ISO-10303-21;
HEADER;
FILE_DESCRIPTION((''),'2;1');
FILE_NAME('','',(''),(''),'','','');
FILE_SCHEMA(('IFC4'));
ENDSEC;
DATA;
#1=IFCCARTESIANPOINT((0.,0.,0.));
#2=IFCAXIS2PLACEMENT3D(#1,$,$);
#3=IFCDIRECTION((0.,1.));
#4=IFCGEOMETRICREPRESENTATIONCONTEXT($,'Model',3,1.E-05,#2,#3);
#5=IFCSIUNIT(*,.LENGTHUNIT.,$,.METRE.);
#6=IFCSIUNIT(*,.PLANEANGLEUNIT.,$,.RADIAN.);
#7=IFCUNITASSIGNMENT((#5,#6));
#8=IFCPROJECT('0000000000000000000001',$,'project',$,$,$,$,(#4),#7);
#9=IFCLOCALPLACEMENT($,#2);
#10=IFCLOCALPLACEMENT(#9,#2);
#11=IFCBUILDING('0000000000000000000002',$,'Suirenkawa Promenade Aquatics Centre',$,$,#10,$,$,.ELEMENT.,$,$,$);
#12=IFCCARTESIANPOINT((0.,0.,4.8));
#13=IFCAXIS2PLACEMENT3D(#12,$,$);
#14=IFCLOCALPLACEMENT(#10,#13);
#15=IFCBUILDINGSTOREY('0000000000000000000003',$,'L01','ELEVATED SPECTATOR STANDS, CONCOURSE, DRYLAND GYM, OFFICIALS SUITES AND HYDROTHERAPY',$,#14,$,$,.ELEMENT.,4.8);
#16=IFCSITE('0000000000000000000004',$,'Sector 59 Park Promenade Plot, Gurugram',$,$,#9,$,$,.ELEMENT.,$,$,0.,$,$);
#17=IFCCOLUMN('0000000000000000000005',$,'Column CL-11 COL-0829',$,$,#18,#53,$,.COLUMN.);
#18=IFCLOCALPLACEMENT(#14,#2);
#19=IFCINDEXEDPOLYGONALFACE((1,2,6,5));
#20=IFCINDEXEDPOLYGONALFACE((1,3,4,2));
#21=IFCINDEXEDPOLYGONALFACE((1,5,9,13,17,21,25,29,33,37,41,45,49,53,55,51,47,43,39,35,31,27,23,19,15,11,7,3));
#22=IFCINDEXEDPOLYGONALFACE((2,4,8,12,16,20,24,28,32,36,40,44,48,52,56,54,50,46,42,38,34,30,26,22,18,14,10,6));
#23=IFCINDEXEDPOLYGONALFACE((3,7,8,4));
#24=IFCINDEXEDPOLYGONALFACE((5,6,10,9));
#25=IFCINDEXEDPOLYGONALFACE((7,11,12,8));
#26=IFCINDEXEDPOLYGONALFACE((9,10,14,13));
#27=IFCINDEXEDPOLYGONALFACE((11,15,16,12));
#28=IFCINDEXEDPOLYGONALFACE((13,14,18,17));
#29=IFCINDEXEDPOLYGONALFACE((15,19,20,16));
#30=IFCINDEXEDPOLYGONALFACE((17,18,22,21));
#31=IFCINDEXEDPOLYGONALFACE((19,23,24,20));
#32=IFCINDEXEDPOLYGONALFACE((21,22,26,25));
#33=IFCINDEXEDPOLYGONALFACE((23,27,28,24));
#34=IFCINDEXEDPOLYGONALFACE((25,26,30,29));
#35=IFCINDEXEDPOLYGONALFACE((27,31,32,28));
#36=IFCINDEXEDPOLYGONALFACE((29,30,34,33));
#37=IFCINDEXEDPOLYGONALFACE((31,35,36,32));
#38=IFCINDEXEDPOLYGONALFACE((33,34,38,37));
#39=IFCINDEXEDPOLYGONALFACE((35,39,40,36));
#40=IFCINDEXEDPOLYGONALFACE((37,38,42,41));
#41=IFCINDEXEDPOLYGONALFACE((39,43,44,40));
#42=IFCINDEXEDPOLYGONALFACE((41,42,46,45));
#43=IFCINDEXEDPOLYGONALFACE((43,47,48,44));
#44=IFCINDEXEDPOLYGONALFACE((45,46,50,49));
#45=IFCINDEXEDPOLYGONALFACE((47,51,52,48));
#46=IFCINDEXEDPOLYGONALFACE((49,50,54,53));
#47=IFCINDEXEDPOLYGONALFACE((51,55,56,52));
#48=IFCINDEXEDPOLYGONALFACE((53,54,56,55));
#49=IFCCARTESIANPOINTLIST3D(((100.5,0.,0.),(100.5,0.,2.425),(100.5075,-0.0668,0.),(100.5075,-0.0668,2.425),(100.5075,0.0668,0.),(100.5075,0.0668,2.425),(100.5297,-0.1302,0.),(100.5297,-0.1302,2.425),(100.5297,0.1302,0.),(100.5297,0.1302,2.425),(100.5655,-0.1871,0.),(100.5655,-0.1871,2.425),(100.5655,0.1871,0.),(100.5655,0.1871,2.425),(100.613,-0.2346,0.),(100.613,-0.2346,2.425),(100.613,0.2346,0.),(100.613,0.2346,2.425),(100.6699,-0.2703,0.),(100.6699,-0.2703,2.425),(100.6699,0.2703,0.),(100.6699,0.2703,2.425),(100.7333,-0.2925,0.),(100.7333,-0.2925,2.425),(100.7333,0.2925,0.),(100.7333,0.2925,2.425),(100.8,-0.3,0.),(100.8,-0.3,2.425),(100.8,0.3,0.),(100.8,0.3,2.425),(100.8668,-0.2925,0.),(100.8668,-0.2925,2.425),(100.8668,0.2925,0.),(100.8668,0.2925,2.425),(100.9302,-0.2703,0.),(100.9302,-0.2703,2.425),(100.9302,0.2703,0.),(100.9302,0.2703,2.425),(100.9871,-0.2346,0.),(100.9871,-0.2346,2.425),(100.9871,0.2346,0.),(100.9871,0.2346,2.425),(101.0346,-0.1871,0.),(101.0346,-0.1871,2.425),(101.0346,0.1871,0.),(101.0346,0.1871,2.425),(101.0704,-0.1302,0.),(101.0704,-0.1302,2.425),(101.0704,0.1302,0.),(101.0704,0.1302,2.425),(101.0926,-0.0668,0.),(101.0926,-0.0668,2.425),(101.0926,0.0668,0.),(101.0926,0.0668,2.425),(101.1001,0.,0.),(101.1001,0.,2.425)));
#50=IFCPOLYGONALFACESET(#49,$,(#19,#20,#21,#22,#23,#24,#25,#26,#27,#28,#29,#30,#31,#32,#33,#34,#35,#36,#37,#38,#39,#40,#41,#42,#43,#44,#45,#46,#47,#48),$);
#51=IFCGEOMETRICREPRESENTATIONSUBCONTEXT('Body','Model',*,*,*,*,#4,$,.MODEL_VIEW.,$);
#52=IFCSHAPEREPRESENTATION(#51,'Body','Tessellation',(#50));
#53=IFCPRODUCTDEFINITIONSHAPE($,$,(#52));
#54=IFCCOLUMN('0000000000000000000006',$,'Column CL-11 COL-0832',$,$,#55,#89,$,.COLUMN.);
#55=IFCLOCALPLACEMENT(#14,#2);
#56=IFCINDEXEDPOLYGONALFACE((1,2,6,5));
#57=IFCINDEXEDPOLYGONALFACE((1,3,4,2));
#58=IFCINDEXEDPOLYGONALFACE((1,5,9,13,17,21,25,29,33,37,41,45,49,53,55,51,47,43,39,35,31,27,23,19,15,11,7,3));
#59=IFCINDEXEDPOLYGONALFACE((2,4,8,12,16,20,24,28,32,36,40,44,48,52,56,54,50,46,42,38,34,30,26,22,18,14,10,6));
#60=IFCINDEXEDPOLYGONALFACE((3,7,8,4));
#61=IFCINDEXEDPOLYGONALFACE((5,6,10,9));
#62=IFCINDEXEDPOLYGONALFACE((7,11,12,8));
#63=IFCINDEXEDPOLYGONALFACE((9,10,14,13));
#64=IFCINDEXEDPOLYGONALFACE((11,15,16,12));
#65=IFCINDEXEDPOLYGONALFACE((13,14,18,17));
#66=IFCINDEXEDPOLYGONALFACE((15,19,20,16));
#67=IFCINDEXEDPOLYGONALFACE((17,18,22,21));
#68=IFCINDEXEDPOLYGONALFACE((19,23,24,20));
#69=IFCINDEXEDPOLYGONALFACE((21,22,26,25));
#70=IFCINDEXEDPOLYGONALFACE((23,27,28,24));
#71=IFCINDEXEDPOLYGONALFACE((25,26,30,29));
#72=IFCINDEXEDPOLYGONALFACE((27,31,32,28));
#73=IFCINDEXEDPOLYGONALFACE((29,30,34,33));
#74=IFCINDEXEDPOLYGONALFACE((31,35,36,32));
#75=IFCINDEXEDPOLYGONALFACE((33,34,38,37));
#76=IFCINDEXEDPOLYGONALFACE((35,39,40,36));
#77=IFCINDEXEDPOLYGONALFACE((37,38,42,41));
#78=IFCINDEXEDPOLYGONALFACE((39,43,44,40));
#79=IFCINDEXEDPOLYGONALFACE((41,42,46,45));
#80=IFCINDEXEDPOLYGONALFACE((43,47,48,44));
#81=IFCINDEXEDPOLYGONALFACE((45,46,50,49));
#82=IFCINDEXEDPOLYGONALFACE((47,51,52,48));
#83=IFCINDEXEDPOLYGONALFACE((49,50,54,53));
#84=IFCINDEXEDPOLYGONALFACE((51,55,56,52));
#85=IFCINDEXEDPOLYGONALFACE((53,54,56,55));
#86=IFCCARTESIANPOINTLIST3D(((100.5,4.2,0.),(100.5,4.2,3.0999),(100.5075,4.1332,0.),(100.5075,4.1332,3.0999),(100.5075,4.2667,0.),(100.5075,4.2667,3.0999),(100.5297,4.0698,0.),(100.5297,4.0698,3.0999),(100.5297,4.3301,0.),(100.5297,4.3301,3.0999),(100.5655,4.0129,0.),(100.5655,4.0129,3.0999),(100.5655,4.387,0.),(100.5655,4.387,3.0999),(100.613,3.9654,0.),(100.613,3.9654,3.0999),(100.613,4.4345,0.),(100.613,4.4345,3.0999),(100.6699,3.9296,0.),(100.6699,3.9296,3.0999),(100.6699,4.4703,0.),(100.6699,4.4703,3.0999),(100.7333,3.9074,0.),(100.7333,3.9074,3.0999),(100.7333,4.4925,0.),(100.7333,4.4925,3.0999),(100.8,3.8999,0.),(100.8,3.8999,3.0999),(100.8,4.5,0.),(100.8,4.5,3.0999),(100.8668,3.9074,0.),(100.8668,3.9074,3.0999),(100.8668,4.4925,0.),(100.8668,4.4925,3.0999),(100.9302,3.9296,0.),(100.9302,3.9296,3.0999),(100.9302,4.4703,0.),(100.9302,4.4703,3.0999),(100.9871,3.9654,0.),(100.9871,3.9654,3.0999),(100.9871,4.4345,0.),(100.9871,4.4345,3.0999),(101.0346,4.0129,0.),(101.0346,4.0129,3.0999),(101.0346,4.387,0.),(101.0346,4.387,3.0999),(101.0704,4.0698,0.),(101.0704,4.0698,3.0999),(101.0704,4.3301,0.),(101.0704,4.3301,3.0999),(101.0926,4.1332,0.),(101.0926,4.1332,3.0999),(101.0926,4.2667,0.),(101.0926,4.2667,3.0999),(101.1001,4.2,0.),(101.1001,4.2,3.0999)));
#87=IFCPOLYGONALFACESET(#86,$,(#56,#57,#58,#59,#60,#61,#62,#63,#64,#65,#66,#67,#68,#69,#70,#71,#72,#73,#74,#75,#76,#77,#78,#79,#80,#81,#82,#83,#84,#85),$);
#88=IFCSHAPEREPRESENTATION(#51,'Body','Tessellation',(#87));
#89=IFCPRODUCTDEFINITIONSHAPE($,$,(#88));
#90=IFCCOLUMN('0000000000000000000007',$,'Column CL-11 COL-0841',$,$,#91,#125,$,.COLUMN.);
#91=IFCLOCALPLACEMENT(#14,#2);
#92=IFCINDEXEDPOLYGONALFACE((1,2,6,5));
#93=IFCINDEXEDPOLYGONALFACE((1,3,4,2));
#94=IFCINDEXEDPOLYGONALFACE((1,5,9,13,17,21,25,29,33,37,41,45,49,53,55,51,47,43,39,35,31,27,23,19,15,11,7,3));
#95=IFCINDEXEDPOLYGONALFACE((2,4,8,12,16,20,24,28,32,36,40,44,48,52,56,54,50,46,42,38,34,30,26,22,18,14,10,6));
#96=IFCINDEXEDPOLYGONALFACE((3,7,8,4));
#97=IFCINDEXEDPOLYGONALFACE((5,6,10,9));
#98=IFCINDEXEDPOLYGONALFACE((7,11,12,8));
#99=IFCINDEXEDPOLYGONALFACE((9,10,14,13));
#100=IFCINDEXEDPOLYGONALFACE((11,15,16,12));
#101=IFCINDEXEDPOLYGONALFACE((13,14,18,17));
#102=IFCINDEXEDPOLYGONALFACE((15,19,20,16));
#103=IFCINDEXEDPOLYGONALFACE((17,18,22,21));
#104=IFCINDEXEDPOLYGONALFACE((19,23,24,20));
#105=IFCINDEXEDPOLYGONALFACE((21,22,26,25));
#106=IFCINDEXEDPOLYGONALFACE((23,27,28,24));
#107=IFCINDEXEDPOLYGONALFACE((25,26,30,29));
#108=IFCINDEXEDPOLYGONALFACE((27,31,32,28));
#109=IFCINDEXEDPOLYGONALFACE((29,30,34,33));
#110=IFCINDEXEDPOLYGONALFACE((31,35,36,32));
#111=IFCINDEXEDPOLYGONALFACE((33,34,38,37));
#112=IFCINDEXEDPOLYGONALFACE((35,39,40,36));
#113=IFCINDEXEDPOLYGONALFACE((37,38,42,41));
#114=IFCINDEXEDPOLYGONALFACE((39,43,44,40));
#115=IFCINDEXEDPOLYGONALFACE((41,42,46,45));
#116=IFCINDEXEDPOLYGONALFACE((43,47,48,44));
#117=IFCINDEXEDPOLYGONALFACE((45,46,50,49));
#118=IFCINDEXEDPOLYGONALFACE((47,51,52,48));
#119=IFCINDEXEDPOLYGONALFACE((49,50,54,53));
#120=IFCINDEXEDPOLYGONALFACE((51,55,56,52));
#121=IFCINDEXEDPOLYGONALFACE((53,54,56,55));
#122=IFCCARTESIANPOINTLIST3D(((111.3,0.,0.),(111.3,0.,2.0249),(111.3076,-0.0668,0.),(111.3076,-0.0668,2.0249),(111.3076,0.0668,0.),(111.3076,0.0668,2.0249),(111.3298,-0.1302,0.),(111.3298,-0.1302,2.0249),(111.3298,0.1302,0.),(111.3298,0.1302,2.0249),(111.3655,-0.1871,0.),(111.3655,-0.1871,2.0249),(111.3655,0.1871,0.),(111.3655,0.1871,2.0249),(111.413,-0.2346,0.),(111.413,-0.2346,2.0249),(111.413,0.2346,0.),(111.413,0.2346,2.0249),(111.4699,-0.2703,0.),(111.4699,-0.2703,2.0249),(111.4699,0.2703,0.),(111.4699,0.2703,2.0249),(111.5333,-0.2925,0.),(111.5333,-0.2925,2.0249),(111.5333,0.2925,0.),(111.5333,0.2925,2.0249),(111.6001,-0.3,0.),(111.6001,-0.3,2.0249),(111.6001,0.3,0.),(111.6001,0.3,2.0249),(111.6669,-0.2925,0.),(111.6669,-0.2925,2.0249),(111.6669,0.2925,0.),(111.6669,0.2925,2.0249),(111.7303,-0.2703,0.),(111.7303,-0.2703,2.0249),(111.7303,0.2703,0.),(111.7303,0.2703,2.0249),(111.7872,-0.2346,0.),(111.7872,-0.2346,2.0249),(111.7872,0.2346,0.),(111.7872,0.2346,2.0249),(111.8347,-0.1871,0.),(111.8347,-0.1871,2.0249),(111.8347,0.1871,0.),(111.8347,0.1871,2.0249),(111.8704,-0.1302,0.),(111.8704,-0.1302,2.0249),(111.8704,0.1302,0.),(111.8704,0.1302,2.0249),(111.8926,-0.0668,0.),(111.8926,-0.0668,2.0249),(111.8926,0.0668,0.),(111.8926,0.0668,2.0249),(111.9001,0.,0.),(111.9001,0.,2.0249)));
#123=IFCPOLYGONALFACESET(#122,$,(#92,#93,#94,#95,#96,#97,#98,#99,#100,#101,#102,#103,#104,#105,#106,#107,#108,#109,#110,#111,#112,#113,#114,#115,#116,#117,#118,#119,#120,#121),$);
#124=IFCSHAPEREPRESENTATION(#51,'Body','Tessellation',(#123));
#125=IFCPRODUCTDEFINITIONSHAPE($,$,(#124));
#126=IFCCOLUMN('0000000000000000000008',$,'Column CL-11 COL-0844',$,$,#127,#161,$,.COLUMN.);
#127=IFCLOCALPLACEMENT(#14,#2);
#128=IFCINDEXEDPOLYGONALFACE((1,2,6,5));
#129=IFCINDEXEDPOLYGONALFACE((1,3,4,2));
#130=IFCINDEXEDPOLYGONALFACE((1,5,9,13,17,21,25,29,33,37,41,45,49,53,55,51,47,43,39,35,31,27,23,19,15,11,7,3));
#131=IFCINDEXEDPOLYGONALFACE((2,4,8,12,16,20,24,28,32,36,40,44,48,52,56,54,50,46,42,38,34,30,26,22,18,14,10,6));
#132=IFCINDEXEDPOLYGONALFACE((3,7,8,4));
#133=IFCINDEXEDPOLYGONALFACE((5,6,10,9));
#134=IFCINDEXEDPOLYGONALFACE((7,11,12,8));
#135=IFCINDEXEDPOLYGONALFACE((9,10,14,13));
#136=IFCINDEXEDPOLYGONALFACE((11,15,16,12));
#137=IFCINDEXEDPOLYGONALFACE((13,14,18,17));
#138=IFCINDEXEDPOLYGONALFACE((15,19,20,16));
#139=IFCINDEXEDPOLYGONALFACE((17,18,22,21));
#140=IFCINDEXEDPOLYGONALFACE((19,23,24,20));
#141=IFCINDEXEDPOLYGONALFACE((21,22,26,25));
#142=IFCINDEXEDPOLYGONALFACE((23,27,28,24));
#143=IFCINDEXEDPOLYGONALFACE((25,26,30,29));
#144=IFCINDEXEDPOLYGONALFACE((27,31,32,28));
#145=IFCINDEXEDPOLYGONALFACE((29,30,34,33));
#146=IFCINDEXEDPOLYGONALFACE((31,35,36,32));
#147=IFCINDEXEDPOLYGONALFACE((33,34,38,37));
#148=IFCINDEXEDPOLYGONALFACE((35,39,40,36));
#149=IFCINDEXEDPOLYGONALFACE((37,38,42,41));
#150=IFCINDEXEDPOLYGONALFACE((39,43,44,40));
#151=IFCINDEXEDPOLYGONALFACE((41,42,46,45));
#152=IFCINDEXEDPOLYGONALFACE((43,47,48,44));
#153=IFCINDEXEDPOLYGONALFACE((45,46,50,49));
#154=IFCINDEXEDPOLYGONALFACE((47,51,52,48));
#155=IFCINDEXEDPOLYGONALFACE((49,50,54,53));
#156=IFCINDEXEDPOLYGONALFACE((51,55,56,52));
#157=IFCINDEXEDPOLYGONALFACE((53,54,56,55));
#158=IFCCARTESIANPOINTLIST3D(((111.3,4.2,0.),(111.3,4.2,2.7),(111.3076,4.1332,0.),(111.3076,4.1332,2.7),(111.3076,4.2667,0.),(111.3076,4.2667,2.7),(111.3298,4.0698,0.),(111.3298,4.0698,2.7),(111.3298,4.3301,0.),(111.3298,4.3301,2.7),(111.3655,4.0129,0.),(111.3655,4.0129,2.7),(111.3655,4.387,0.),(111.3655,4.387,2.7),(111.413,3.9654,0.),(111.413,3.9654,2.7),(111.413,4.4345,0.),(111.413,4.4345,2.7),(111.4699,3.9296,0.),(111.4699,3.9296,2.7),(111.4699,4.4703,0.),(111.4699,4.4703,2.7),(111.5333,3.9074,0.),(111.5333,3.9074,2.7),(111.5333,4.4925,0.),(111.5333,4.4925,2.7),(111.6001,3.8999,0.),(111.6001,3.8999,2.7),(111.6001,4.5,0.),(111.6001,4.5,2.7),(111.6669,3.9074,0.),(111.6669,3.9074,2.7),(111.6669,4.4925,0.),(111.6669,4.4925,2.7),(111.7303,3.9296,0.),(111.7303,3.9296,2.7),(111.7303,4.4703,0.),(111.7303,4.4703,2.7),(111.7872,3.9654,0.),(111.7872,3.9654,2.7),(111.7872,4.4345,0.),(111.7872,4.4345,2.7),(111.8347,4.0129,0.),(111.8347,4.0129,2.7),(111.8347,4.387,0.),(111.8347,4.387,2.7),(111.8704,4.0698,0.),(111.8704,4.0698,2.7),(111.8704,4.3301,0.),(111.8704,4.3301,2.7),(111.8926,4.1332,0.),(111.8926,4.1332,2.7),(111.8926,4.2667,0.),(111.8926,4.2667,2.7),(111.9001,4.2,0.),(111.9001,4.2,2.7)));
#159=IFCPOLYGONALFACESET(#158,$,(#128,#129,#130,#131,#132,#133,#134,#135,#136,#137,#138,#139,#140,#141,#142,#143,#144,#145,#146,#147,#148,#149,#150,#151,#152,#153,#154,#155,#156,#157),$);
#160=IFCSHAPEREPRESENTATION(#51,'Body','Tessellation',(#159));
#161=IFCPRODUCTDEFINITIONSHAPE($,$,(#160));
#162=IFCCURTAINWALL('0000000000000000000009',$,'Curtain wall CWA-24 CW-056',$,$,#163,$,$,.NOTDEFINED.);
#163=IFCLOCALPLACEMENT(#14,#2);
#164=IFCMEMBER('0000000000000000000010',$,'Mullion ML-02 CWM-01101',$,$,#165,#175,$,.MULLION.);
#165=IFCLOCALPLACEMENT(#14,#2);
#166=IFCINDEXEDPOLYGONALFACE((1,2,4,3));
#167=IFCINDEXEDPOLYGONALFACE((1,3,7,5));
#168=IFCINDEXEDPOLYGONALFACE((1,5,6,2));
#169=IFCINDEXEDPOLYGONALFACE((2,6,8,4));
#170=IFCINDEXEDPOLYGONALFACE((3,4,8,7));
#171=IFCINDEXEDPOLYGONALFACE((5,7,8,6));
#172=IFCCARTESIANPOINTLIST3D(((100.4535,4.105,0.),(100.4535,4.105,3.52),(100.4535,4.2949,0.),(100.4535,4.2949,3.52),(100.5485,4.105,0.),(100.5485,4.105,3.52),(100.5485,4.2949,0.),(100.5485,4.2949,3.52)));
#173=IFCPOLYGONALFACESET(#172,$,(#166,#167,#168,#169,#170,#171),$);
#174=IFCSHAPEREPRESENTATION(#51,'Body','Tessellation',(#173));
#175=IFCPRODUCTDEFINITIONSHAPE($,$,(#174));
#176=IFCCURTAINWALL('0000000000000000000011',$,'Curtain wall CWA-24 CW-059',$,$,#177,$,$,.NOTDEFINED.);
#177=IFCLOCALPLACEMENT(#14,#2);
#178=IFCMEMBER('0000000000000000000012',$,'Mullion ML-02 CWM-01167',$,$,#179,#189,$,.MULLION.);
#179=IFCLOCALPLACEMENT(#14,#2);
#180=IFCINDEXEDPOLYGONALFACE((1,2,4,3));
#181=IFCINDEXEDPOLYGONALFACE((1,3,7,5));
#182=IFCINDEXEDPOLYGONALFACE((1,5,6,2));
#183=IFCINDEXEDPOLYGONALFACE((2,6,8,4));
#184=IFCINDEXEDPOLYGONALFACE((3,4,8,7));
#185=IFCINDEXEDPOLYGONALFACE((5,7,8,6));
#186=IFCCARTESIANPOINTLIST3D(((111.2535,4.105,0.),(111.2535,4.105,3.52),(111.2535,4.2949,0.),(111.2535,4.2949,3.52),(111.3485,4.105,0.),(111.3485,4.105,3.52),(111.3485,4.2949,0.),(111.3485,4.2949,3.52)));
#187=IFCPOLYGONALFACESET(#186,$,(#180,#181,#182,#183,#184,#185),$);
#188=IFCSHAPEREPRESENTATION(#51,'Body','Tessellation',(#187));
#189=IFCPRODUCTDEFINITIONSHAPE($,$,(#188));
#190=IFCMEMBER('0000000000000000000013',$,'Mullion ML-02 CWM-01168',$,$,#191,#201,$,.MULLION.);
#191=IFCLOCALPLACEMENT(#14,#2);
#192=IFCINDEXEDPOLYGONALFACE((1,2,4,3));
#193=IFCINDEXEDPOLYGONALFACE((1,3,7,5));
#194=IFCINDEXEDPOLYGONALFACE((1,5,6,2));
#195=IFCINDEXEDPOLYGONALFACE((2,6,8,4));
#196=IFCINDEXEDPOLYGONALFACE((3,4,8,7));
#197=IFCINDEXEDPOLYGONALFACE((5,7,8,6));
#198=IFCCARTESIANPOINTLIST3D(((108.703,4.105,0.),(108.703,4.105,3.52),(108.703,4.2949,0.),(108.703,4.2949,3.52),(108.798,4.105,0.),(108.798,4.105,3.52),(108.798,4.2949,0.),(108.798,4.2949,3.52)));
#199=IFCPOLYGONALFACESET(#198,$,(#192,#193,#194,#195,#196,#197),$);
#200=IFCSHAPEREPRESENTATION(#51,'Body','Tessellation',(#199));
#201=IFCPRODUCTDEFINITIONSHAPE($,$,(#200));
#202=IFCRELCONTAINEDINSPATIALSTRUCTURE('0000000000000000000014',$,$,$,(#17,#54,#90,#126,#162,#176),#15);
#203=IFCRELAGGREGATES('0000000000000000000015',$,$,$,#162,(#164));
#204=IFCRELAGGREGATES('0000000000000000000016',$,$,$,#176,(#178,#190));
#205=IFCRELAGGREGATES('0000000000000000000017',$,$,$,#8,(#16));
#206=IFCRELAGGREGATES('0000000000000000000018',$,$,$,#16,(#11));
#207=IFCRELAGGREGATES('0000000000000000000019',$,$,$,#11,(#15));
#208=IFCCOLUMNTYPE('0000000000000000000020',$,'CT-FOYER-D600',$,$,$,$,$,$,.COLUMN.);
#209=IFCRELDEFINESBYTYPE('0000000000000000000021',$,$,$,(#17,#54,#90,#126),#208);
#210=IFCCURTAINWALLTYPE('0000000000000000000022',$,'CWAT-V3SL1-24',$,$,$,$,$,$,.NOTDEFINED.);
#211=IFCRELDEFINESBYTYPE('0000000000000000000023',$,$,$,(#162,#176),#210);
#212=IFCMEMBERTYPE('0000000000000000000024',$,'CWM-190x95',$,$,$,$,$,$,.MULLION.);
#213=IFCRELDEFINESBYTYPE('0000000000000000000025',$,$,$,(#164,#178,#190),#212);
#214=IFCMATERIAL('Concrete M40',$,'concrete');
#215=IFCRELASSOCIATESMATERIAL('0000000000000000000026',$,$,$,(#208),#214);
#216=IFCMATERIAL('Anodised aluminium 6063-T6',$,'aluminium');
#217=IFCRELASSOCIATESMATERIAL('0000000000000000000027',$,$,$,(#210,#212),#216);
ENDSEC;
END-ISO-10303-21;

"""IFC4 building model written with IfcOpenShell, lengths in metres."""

from ifc_helpers import new_model, si_unit, direction, frame, origin, origin_2d, place, context, subcontext, project, spatial, rectangle, circle, extrude, material, material_profile, profile_set, type_object, element, aggregate, save


model = new_model("IFC4")

# Units and contexts
model_context = context("Model", 3, precision=1e-05, world=origin(), true_north=direction((0.0, 1.0)))
body_context = subcontext(model_context, "Body", "Model", "MODEL_VIEW")
ifc_project = project(units=[si_unit("LENGTHUNIT", "METRE"), si_unit("PLANEANGLEUNIT", "RADIAN")], contexts=[model_context])

# Site, building, storey
site_placement = place(None, origin())
site = spatial("IfcSite", under=ifc_project, at=site_placement, Name="Sector 59 Park Promenade Plot, Gurugram", CompositionType="ELEMENT", RefElevation=0.0)
building_placement = place(site_placement, origin())
building = spatial("IfcBuilding", under=site, at=building_placement, Name="Suirenkawa Promenade Aquatics Centre", CompositionType="ELEMENT")
storey_placement = place(building_placement, frame((0.0, 0.0, 4.8)))
storey = spatial("IfcBuildingStorey", under=building, at=storey_placement, Name="L01", Description="ELEVATED SPECTATOR STANDS, CONCOURSE, DRYLAND GYM, OFFICIALS SUITES AND HYDROTHERAPY", CompositionType="ELEMENT", Elevation=4.8)

# Columns
ifc_material_1 = material(Name="Concrete M40", Category="concrete")
ifc_material_profile_1 = material_profile(ifc_material_1, circle(Radius=0.3, at=origin_2d()), Name="RC FOYER D600", Category="concrete")
ifc_profile_set_1 = profile_set([ifc_material_profile_1], Name="Concrete M40")
column_type = type_object("IfcColumnType", Name="CT-FOYER-D600", PredefinedType="COLUMN", material=ifc_profile_set_1)
column_1_placement = place(storey_placement, frame((100.8, 0.0, 0.0), z_axis=(0.0, 0.0, 1.0), x_axis=(1.0, 0.0, 0.0)))
element("IfcColumn", 1, at=column_1_placement, inside=storey, type_object=column_type, Name="Column CL-11 COL-0829", PredefinedType="COLUMN", context=body_context, shape_type="SweptSolid", body=[
    extrude(circle(Radius=0.3, at=origin_2d()), origin(), (0.0, 0.0, 1.0), 2.425),
])
column_2_placement = place(storey_placement, frame((100.8, 4.2, 0.0), z_axis=(0.0, 0.0, 1.0), x_axis=(1.0, 0.0, 0.0)))
element("IfcColumn", 2, at=column_2_placement, inside=storey, type_object=column_type, Name="Column CL-11 COL-0832", PredefinedType="COLUMN", context=body_context, shape_type="SweptSolid", body=[
    extrude(circle(Radius=0.3, at=origin_2d()), origin(), (0.0, 0.0, 1.0), 3.0999),
])
column_3_placement = place(storey_placement, frame((111.6001, 0.0, 0.0), z_axis=(0.0, 0.0, 1.0), x_axis=(1.0, 0.0, 0.0)))
element("IfcColumn", 3, at=column_3_placement, inside=storey, type_object=column_type, Name="Column CL-11 COL-0841", PredefinedType="COLUMN", context=body_context, shape_type="SweptSolid", body=[
    extrude(circle(Radius=0.3, at=origin_2d()), origin(), (0.0, 0.0, 1.0), 2.0249),
])
column_4_placement = place(storey_placement, frame((111.6001, 4.2, 0.0), z_axis=(0.0, 0.0, 1.0), x_axis=(1.0, 0.0, 0.0)))
element("IfcColumn", 4, at=column_4_placement, inside=storey, type_object=column_type, Name="Column CL-11 COL-0844", PredefinedType="COLUMN", context=body_context, shape_type="SweptSolid", body=[
    extrude(circle(Radius=0.3, at=origin_2d()), origin(), (0.0, 0.0, 1.0), 2.7),
])

# Curtain wall, member
ifc_material_2 = material(Name="Anodised aluminium 6063-T6", Category="aluminium")
curtain_wall_type = type_object("IfcCurtainWallType", Name="CWAT-V3SL1-24", PredefinedType="NOTDEFINED", material=ifc_material_2)
curtain_wall_1_placement = place(storey_placement, origin())
curtain_wall_1 = element("IfcCurtainWall", 5, at=curtain_wall_1_placement, inside=storey, type_object=curtain_wall_type, Name="Curtain wall CWA-24 CW-056", PredefinedType="NOTDEFINED")
ifc_material_profile_2 = material_profile(ifc_material_2, rectangle(XDim=0.095, YDim=0.1899, at=origin_2d()), Name="ALU MULL 95x190", Category="aluminium")
ifc_profile_set_2 = profile_set([ifc_material_profile_2], Name="Anodised aluminium 6063-T6")
member_type_1 = type_object("IfcMemberType", Name="CWM-190x95", PredefinedType="MULLION", material=ifc_profile_set_2)
member_1_placement = place(storey_placement, frame((100.501, 4.2, 0.0), z_axis=(0.0, 0.0, 1.0), x_axis=(-1.0, 0.0, 0.0)))
member_1 = element("IfcMember", 6, at=member_1_placement, type_object=member_type_1, Name="Mullion ML-02 CWM-01101", PredefinedType="MULLION", context=body_context, shape_type="SweptSolid", body=[
    extrude(rectangle(XDim=0.095, YDim=0.1899, at=origin_2d()), origin(), (0.0, 0.0, 1.0), 3.52),
])

# Curtain wall, members
curtain_wall_2_placement = place(storey_placement, origin())
curtain_wall_2 = element("IfcCurtainWall", 7, at=curtain_wall_2_placement, inside=storey, type_object=curtain_wall_type, Name="Curtain wall CWA-24 CW-059", PredefinedType="NOTDEFINED")
member_2_placement = place(storey_placement, frame((111.301, 4.2, 0.0), z_axis=(0.0, 0.0, 1.0), x_axis=(-1.0, 0.0, 0.0)))
member_2 = element("IfcMember", 8, at=member_2_placement, type_object=member_type_1, Name="Mullion ML-02 CWM-01167", PredefinedType="MULLION", context=body_context, shape_type="SweptSolid", body=[
    extrude(rectangle(XDim=0.095, YDim=0.1899, at=origin_2d()), origin(), (0.0, 0.0, 1.0), 3.52),
])
member_3_placement = place(storey_placement, frame((108.7505, 4.2, 0.0), z_axis=(0.0, 0.0, 1.0), x_axis=(-1.0, 0.0, 0.0)))
member_3 = element("IfcMember", 9, at=member_3_placement, type_object=member_type_1, Name="Mullion ML-02 CWM-01168", PredefinedType="MULLION", context=body_context, shape_type="SweptSolid", body=[
    extrude(rectangle(XDim=0.095, YDim=0.1899, at=origin_2d()), origin(), (0.0, 0.0, 1.0), 3.52),
])

aggregate(curtain_wall_1, [member_1])
aggregate(curtain_wall_2, [member_2, member_3])

save(model, "model.ifc")
